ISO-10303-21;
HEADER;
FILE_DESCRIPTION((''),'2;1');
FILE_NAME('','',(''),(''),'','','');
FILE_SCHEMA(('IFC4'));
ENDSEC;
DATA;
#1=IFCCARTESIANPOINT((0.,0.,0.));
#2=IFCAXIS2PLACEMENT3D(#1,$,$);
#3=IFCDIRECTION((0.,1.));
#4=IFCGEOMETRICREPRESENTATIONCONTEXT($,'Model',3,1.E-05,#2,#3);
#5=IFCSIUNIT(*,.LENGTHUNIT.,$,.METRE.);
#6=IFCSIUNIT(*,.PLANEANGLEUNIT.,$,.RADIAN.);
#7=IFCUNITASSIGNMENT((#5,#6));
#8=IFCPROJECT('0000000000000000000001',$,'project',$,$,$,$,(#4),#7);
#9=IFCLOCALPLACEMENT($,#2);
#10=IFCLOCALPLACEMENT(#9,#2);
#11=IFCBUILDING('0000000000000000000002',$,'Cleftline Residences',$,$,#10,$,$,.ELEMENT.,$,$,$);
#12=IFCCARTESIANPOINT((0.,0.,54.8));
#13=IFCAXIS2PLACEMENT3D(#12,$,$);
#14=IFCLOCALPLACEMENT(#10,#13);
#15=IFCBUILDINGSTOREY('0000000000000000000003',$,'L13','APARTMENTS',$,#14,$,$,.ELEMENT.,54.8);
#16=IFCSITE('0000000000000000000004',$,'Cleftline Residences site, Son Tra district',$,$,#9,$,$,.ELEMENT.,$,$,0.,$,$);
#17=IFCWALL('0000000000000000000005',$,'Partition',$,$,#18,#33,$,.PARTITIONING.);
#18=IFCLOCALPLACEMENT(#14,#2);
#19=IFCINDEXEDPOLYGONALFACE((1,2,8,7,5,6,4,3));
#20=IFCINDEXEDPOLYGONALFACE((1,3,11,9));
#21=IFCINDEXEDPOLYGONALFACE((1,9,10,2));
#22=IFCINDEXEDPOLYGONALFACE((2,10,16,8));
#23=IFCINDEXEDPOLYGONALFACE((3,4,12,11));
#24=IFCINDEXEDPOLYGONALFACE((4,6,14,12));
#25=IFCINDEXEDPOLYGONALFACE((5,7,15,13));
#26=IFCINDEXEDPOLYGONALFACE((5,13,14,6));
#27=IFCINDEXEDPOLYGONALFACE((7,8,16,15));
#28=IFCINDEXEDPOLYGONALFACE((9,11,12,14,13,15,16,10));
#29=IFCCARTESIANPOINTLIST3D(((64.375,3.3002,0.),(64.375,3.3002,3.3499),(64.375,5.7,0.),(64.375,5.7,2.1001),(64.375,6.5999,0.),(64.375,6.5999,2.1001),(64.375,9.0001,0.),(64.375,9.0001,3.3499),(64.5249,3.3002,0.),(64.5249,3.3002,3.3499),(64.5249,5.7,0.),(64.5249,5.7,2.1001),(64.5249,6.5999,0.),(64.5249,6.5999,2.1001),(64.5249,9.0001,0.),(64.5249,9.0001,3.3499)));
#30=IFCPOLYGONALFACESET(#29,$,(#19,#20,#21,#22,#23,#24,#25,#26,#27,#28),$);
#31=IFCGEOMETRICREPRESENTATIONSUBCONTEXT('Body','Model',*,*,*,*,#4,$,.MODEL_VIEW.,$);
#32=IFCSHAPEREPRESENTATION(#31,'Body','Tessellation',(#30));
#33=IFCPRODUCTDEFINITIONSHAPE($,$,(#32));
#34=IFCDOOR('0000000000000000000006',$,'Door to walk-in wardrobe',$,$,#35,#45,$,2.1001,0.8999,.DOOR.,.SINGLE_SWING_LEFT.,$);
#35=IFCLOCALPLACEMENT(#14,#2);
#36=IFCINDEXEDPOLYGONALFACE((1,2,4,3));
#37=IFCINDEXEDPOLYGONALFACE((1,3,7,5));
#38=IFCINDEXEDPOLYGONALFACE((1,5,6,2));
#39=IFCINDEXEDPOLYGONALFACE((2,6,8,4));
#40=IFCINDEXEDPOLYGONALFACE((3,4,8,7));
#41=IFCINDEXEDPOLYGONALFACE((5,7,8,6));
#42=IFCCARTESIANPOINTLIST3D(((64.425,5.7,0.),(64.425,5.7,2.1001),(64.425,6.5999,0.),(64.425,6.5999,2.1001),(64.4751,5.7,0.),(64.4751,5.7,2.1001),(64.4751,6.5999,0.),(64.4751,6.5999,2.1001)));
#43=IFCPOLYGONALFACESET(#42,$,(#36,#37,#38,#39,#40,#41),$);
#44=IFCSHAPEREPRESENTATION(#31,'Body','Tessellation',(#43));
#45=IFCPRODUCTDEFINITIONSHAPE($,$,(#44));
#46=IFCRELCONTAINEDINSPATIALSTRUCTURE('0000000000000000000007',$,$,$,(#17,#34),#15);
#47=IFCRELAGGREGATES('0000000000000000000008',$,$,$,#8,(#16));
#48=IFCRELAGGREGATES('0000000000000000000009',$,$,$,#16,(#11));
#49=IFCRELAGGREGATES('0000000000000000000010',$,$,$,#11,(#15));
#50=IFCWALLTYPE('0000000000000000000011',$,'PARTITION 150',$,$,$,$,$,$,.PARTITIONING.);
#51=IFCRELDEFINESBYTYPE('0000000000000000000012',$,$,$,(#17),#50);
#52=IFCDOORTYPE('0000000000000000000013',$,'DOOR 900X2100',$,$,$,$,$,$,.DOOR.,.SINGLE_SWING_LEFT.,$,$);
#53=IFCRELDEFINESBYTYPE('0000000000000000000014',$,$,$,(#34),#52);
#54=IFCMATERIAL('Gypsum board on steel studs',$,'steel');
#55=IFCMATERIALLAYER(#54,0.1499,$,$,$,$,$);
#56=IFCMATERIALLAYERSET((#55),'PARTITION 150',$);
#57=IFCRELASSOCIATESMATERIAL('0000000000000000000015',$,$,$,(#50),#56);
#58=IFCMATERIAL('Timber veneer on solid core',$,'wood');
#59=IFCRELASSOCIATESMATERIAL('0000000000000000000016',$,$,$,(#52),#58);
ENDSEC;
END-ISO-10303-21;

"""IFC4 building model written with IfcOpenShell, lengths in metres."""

from ifc_helpers import new_model, si_unit, direction, frame, frame_2d, origin, place, context, subcontext, project, spatial, rectangle, extrude, material, layer, layer_set, type_object, element, fill, save


model = new_model("IFC4")

# Units and contexts
model_context = context("Model", 3, precision=1e-05, world=origin(), true_north=direction((0.0, 1.0)))
body_context = subcontext(model_context, "Body", "Model", "MODEL_VIEW")
ifc_project = project(units=[si_unit("LENGTHUNIT", "METRE"), si_unit("PLANEANGLEUNIT", "RADIAN")], contexts=[model_context])

# Site, building, storey
site_placement = place(None, origin())
site = spatial("IfcSite", under=ifc_project, at=site_placement, Name="Cleftline Residences site, Son Tra district", CompositionType="ELEMENT", RefElevation=0.0)
building_placement = place(site_placement, origin())
building = spatial("IfcBuilding", under=site, at=building_placement, Name="Cleftline Residences", CompositionType="ELEMENT")
storey_placement = place(building_placement, frame((0.0, 0.0, 54.8)))
storey = spatial("IfcBuildingStorey", under=building, at=storey_placement, Name="L13", Description="APARTMENTS", CompositionType="ELEMENT", Elevation=54.8)

# Wall, opening, door
ifc_material_1 = material(Name="Gypsum board on steel studs", Category="steel")
ifc_layer_1 = layer(ifc_material_1, 0.1499)
ifc_layer_set_1 = layer_set([ifc_layer_1], Name="PARTITION 150")
wall_type_1 = type_object("IfcWallType", Name="PARTITION 150", PredefinedType="PARTITIONING", material=ifc_layer_set_1)
wall_1_placement = place(storey_placement, frame((64.45, 3.3, 0.0), z_axis=(0.0, 0.0, 1.0), x_axis=(0.0, 1.0, 0.0)))
wall_1 = element("IfcWall", 1, at=wall_1_placement, inside=storey, type_object=wall_type_1, Name="Partition", PredefinedType="PARTITIONING", context=body_context, shape_type="SweptSolid", body=[
    extrude(rectangle(XDim=5.7, YDim=0.1499, at=frame_2d((2.8501, 0.0))), origin(), (0.0, 0.0, 1.0), 3.3499),
])
opening_1_placement = place(wall_1_placement, frame((2.3999, 0.0, 0.0)))
opening_1 = element("IfcOpeningElement", 2, at=opening_1_placement, cuts=wall_1, PredefinedType="OPENING", context=body_context, shape_type="SweptSolid", body=[
    extrude(rectangle(XDim=0.8999, YDim=2.1001, at=frame_2d((0.45, 1.05))), frame((0.0, 0.085, 0.0), z_axis=(0.0, -1.0, 0.0), x_axis=(1.0, 0.0, 0.0)), (0.0, 0.0, 1.0), 0.1699),
])
ifc_material_2 = material(Name="Timber veneer on solid core", Category="wood")
door_type = type_object("IfcDoorType", Name="DOOR 900X2100", OperationType="SINGLE_SWING_LEFT", PredefinedType="DOOR", material=ifc_material_2)
door_placement = place(opening_1_placement, origin())
door = element("IfcDoor", 3, at=door_placement, inside=storey, type_object=door_type, Name="Door to walk-in wardrobe", OperationType="SINGLE_SWING_LEFT", OverallHeight=2.1001, OverallWidth=0.8999, PredefinedType="DOOR", context=body_context, shape_type="SweptSolid", body=[
    extrude(rectangle(XDim=0.8999, YDim=2.1001, at=frame_2d((0.45, 1.05))), frame((0.0, 0.0249, 0.0), z_axis=(0.0, -1.0, 0.0), x_axis=(1.0, 0.0, 0.0)), (0.0, 0.0, 1.0), 0.05),
])
fill(opening_1, door)

save(model, "model.ifc")
